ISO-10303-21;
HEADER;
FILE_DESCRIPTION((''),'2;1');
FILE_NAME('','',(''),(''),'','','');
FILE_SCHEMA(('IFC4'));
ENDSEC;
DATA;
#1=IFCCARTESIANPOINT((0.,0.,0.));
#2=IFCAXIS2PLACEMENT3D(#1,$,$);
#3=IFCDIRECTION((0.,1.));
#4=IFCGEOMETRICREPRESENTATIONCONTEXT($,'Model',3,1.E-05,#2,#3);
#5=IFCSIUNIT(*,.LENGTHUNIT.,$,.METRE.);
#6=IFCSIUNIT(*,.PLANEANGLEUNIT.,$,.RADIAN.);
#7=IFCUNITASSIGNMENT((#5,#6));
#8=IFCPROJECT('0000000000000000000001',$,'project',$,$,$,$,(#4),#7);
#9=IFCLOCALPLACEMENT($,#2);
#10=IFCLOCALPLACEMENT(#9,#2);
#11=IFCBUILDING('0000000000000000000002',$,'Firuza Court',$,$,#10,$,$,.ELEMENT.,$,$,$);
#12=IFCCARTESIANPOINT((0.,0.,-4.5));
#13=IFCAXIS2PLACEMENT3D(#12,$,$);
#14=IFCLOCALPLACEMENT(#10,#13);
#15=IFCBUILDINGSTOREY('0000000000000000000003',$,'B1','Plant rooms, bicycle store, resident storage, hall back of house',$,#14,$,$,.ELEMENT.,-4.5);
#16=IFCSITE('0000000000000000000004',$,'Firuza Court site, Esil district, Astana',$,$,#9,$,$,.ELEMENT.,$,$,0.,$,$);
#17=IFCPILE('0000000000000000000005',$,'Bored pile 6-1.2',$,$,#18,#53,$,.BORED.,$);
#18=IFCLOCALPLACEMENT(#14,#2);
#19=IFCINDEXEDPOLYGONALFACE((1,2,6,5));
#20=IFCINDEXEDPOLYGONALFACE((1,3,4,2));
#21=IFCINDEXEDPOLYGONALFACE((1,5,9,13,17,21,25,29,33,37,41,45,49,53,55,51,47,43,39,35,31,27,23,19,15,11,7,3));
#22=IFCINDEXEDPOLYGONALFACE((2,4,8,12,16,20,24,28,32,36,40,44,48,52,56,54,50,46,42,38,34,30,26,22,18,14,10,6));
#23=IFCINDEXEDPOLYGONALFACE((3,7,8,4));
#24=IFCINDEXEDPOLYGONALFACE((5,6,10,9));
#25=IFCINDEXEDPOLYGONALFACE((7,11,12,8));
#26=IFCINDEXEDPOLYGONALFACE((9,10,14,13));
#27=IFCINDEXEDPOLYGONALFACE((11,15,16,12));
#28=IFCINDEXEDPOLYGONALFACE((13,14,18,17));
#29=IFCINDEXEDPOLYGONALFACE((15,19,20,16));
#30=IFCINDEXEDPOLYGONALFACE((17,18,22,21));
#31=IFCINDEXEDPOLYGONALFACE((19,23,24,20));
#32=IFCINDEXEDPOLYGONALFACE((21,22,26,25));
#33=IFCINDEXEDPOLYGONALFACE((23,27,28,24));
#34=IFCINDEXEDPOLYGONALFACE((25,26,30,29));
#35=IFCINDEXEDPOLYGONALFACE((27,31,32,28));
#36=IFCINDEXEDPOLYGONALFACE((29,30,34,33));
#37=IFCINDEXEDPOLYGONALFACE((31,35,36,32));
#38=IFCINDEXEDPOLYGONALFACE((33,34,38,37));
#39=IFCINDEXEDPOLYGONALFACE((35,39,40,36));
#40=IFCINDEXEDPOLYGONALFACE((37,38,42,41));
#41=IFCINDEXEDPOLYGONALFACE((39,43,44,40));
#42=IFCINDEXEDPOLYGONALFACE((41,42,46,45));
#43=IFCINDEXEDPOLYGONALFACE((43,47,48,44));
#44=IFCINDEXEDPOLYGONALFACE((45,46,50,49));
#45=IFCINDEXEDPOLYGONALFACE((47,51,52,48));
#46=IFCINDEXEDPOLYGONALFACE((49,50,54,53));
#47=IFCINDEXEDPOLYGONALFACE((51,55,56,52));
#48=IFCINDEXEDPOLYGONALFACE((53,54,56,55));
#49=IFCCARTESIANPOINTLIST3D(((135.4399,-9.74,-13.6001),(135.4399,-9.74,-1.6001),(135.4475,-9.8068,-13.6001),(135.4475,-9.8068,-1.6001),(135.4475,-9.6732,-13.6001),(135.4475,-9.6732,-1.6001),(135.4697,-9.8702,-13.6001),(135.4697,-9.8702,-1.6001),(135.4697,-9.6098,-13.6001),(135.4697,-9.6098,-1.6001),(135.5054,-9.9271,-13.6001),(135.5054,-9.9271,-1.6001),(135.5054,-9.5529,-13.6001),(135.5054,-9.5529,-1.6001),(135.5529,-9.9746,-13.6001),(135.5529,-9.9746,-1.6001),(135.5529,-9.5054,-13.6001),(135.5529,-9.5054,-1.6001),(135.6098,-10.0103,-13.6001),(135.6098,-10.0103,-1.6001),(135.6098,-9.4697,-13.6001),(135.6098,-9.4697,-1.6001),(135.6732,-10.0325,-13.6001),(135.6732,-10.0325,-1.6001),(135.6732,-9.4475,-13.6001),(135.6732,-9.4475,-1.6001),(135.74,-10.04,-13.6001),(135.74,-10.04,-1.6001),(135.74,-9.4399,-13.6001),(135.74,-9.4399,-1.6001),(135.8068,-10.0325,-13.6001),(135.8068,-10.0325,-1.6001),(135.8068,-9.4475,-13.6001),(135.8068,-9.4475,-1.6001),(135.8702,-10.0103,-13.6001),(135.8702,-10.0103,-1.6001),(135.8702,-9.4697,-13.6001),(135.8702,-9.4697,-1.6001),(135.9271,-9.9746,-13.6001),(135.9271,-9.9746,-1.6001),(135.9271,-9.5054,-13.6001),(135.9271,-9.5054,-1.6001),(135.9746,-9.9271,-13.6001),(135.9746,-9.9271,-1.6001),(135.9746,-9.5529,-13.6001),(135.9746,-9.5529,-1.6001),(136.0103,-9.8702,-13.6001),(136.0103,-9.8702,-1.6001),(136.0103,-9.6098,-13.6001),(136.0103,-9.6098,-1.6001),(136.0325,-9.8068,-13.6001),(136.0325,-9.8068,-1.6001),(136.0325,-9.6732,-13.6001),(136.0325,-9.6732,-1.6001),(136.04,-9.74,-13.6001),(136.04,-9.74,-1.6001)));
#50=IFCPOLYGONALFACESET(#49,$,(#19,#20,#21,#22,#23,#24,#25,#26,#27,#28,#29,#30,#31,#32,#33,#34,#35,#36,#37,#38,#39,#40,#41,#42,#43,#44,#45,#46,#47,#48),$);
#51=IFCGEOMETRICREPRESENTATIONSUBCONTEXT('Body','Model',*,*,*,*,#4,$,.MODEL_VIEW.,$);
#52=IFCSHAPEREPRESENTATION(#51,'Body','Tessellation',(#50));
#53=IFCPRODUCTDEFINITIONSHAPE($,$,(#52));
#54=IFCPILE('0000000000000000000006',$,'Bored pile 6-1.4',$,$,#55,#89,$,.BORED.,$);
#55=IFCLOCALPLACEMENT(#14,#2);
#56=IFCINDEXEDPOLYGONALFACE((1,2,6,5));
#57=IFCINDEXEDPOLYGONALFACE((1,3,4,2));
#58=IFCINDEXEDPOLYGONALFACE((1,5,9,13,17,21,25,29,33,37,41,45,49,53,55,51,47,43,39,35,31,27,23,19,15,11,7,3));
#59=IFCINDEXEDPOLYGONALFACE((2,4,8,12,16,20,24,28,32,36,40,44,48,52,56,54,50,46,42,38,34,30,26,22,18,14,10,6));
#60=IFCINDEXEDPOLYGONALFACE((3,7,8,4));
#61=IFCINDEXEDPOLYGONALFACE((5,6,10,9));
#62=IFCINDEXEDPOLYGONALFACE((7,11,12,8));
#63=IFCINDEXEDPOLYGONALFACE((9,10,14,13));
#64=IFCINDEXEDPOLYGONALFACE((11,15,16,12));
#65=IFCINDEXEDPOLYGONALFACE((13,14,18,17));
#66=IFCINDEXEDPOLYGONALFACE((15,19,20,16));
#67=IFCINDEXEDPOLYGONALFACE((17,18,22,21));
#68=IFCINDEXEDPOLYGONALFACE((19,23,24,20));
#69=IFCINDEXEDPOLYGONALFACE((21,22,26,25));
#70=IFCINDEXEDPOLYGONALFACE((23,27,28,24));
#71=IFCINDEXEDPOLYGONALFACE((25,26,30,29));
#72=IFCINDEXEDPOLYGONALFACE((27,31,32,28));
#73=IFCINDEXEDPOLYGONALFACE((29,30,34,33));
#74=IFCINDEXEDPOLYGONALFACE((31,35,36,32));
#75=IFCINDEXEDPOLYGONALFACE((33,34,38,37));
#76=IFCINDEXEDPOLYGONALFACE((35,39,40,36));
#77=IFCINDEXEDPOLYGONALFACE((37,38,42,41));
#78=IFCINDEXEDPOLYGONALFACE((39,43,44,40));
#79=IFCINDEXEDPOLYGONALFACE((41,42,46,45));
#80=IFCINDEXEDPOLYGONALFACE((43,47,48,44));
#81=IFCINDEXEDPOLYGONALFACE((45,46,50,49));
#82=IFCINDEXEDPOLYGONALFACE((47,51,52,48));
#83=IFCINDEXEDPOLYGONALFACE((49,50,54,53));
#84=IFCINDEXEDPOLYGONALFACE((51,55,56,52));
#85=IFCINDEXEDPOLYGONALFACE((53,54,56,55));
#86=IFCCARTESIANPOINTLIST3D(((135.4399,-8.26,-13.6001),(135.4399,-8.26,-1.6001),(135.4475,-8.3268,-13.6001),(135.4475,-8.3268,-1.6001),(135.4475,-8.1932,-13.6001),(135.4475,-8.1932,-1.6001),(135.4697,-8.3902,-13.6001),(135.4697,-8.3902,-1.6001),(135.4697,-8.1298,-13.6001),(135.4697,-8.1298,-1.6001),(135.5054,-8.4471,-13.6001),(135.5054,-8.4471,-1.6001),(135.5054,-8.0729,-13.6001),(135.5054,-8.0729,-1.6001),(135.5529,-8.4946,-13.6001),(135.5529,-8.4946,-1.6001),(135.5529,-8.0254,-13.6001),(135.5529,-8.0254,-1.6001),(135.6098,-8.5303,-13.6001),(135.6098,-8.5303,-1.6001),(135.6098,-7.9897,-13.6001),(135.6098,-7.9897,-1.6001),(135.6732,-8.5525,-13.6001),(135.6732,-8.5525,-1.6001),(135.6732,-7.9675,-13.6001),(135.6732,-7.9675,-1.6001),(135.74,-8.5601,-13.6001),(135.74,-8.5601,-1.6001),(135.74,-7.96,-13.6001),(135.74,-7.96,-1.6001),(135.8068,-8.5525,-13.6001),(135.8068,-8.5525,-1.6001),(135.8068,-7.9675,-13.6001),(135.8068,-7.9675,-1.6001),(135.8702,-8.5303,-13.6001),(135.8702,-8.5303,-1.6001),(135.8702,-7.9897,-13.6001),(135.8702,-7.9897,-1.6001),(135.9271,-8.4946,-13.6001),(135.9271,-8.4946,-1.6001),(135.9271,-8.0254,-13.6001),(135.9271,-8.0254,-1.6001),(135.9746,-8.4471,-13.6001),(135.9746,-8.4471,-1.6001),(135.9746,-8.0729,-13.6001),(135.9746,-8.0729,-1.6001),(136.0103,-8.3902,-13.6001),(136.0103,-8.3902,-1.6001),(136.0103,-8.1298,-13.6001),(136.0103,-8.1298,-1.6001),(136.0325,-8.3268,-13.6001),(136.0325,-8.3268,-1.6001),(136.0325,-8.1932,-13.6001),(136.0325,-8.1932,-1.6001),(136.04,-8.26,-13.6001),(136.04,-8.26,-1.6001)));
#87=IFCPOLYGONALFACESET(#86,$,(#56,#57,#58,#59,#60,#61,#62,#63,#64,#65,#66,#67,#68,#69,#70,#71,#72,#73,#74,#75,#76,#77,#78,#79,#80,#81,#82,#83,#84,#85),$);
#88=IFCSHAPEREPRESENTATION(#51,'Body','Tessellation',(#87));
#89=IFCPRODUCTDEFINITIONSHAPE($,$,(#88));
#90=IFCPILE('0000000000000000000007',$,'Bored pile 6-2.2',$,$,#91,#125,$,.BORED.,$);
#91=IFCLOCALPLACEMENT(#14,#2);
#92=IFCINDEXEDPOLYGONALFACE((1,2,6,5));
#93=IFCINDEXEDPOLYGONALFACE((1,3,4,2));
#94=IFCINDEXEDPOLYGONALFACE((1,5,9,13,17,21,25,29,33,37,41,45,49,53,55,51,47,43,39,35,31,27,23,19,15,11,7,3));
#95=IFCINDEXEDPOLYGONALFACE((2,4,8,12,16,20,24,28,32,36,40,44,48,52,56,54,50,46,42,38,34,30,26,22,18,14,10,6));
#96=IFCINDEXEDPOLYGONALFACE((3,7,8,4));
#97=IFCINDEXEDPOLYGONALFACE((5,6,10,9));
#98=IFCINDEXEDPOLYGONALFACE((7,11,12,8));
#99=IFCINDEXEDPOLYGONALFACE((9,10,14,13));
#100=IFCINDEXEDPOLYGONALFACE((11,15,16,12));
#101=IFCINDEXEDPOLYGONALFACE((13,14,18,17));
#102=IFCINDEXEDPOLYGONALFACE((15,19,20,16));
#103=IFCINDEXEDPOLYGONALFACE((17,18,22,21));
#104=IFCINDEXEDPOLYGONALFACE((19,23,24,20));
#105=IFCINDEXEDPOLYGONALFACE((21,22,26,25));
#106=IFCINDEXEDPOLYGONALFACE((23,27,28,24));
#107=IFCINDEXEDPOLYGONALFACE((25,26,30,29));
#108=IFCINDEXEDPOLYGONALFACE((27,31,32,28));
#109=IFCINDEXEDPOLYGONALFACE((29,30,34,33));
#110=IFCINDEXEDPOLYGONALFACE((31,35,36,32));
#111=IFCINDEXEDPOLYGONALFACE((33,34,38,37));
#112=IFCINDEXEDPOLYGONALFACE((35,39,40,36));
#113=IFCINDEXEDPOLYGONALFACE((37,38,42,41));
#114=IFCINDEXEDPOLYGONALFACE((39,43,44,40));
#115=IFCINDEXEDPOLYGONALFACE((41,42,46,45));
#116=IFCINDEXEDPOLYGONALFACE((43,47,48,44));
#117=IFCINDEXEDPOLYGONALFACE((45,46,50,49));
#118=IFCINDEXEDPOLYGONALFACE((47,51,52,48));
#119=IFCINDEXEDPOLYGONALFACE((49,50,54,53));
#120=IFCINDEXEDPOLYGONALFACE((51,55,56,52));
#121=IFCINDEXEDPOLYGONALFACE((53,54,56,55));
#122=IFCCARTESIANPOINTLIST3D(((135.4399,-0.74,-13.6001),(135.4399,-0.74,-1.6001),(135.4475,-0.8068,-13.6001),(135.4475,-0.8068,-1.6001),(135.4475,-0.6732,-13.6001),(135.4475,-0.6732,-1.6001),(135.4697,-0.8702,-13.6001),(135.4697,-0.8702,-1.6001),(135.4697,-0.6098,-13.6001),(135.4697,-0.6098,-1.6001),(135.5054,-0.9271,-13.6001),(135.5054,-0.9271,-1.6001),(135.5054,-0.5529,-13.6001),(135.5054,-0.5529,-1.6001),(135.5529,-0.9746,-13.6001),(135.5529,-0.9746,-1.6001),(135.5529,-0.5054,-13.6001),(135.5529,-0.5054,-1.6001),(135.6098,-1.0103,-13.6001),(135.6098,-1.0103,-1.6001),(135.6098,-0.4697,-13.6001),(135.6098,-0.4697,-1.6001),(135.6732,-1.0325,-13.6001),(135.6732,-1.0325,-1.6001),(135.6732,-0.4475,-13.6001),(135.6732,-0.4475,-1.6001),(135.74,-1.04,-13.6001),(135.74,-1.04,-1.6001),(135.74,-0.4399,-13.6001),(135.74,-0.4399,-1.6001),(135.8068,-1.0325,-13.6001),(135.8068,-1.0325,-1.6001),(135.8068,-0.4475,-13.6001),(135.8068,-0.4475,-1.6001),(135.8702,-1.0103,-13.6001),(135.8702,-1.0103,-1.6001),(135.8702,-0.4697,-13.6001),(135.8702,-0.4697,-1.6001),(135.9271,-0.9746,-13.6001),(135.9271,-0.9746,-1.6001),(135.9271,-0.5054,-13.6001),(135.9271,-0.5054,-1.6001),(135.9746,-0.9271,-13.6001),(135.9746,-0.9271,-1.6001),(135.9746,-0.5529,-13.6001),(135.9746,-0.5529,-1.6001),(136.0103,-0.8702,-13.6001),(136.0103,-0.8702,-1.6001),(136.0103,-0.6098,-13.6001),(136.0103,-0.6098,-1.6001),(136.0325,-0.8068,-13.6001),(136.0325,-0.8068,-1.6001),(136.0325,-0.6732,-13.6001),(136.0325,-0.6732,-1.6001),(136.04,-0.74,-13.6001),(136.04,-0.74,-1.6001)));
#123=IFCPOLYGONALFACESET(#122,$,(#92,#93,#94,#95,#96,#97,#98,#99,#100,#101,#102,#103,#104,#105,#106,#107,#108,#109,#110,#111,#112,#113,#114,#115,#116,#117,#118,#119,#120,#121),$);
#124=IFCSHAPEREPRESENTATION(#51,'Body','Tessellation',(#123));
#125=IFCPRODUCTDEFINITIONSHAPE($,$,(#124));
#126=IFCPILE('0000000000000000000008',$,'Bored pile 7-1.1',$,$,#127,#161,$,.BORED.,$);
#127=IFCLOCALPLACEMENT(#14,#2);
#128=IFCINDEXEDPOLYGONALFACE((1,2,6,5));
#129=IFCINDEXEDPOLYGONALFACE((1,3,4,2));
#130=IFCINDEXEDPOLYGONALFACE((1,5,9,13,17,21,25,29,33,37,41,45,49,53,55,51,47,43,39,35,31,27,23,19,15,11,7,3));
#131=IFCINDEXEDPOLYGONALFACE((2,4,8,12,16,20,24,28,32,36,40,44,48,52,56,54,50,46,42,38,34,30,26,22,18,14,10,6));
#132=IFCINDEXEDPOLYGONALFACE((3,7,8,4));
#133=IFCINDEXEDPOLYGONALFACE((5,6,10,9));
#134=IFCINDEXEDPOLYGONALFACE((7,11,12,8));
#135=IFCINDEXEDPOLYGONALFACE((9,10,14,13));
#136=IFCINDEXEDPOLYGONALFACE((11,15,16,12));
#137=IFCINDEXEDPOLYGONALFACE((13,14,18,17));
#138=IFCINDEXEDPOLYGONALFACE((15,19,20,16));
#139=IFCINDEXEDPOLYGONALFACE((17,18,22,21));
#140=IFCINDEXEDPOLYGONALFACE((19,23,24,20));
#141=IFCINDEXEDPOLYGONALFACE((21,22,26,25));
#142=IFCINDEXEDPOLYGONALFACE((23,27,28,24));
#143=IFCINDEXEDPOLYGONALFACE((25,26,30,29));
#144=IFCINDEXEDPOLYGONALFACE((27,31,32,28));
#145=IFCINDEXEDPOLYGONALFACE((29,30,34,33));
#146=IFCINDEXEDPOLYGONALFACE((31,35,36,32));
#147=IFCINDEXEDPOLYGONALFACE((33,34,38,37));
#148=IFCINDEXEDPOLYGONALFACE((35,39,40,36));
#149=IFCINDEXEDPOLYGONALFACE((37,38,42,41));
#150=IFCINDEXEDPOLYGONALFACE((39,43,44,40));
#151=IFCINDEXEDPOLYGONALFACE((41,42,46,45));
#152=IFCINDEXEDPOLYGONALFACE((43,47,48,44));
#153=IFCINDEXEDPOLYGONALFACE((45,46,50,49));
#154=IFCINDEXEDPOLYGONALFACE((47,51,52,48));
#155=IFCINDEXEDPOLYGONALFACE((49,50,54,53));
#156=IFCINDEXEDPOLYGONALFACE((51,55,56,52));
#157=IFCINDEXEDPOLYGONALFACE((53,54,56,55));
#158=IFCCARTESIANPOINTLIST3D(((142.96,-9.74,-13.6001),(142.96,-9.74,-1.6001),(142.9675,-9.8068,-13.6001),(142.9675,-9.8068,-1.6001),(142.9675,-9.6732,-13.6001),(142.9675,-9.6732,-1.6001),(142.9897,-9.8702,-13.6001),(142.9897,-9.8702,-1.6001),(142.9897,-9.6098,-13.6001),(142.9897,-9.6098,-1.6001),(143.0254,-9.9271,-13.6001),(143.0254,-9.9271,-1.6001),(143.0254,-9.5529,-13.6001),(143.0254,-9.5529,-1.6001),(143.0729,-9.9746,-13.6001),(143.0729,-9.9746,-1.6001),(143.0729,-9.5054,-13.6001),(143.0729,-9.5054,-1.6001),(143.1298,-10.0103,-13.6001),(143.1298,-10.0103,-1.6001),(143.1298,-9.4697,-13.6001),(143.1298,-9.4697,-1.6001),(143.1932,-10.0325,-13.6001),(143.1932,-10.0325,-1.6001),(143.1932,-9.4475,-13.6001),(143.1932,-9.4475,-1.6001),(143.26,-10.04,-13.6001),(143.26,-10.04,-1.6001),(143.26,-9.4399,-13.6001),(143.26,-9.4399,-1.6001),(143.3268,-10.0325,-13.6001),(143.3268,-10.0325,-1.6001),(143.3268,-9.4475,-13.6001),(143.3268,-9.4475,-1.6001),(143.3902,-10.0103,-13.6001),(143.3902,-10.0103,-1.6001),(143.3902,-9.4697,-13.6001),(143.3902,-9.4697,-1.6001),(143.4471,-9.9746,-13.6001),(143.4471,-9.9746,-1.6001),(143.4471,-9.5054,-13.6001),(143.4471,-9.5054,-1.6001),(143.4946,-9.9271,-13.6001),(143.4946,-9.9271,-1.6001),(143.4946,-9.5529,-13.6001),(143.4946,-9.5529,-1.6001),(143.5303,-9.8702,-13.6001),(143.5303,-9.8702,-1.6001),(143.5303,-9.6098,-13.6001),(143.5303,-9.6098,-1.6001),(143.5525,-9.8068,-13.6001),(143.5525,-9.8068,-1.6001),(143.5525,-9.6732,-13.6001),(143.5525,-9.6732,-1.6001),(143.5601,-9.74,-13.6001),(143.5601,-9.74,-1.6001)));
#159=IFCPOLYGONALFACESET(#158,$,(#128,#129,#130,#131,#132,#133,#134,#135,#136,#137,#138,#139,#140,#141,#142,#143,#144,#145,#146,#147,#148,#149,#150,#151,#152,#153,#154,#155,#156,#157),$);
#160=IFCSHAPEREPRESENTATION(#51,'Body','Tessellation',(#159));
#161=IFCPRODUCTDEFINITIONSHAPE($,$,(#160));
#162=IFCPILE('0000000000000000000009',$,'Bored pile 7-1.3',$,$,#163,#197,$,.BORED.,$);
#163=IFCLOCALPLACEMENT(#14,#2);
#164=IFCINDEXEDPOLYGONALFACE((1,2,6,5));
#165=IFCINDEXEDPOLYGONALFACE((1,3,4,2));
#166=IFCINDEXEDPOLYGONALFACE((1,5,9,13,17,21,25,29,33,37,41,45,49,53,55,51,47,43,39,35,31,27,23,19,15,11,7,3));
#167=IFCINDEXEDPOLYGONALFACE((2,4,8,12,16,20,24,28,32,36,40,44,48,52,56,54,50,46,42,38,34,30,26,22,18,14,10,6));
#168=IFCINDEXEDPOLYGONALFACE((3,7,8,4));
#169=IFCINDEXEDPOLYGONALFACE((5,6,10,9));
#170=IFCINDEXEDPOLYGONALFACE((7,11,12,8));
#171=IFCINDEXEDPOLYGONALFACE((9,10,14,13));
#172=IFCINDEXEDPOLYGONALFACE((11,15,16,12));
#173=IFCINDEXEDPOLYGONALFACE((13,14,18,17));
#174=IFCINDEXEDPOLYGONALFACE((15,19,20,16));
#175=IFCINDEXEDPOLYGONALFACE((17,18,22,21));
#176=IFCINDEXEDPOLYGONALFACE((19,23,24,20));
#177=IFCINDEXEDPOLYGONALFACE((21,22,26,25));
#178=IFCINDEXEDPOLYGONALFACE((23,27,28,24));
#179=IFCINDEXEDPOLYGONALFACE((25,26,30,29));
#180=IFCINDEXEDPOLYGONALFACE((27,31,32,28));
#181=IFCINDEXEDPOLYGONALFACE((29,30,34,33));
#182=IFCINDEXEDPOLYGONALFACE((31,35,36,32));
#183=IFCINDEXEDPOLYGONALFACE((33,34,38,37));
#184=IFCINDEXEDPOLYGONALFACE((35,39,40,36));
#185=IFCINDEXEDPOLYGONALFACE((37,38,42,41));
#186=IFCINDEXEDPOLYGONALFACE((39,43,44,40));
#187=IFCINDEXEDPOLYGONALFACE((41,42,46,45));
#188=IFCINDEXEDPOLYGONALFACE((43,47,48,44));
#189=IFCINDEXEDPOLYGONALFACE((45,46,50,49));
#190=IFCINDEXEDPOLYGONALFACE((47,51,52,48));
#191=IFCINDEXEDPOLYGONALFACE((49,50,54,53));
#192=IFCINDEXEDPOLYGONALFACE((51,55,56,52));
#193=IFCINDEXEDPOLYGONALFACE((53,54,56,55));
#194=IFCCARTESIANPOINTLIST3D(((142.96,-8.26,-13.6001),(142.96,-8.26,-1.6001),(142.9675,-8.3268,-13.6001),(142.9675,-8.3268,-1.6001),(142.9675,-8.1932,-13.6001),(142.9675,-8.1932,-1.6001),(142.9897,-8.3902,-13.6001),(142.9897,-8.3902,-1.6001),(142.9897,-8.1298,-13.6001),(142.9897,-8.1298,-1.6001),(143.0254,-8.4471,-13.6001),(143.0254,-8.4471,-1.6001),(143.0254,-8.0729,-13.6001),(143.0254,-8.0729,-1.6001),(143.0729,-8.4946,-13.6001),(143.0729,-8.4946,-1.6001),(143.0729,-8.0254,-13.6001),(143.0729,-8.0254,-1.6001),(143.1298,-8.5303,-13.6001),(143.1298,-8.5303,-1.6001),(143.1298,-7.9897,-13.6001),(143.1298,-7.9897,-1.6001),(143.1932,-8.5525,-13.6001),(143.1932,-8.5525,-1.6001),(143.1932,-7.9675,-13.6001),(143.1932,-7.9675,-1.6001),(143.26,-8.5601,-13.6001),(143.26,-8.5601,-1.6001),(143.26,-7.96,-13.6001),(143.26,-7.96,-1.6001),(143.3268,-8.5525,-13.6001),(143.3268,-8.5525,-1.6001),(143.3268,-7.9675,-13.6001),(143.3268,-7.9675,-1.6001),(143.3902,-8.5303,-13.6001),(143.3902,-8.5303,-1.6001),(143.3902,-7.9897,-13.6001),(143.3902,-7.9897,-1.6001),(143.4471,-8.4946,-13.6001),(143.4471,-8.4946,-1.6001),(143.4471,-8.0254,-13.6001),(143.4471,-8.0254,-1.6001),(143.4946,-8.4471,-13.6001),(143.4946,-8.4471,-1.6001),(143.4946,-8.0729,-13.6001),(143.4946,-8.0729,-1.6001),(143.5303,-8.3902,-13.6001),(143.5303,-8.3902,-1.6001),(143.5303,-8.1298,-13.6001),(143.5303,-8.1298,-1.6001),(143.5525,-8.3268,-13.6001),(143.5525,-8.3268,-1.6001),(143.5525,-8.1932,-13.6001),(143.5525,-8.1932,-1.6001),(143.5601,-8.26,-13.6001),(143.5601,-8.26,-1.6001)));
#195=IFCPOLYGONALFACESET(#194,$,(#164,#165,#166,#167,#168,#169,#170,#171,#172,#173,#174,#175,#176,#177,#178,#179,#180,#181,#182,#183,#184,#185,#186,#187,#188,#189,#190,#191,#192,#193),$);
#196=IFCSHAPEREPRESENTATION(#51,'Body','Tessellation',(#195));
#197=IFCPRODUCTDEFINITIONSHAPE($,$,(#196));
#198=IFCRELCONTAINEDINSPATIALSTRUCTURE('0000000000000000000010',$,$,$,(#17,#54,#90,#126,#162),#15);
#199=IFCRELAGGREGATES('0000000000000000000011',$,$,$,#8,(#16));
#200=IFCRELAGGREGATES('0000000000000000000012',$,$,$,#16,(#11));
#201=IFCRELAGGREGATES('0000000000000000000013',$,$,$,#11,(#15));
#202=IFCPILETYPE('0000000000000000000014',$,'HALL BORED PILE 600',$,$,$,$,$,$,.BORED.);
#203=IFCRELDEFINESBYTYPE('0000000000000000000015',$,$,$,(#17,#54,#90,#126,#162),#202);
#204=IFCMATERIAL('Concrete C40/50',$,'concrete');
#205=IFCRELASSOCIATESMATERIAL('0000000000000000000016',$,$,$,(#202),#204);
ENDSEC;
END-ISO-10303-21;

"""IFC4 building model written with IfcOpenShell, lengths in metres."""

from ifc_helpers import new_model, si_unit, direction, frame, origin, origin_2d, place, context, subcontext, project, spatial, circle, extrude, material, material_profile, profile_set, type_object, element, save


model = new_model("IFC4")

# Units and contexts
model_context = context("Model", 3, precision=1e-05, world=origin(), true_north=direction((0.0, 1.0)))
body_context = subcontext(model_context, "Body", "Model", "MODEL_VIEW")
ifc_project = project(units=[si_unit("LENGTHUNIT", "METRE"), si_unit("PLANEANGLEUNIT", "RADIAN")], contexts=[model_context])

# Site, building, storey
site_placement = place(None, origin())
site = spatial("IfcSite", under=ifc_project, at=site_placement, Name="Firuza Court site, Esil district, Astana", CompositionType="ELEMENT", RefElevation=0.0)
building_placement = place(site_placement, origin())
building = spatial("IfcBuilding", under=site, at=building_placement, Name="Firuza Court", CompositionType="ELEMENT")
storey_placement = place(building_placement, frame((0.0, 0.0, -4.5)))
storey = spatial("IfcBuildingStorey", under=building, at=storey_placement, Name="B1", Description="Plant rooms, bicycle store, resident storage, hall back of house", CompositionType="ELEMENT", Elevation=-4.5)

# Piles
ifc_material_1 = material(Name="Concrete C40/50", Category="concrete")
ifc_material_profile_1 = material_profile(ifc_material_1, circle(Radius=0.3, at=origin_2d()), Name="PILE 600")
ifc_profile_set_1 = profile_set([ifc_material_profile_1], Name="Concrete C40/50")
pile_type = type_object("IfcPileType", Name="HALL BORED PILE 600", PredefinedType="BORED", material=ifc_profile_set_1)
for number, where, z_axis, x_axis, name in (
    (1, (135.74, -9.74, -1.6001), (0.0, 0.0, -1.0), (1.0, 0.0, 0.0), "Bored pile 6-1.2"),
    (2, (135.74, -8.26, -1.6001), (0.0, 0.0, -1.0), (1.0, 0.0, 0.0), "Bored pile 6-1.4"),
    (3, (135.74, -0.74, -1.6001), (0.0, 0.0, -1.0), (1.0, 0.0, 0.0), "Bored pile 6-2.2"),
    (4, (143.26, -9.74, -1.6001), (0.0, 0.0, -1.0), (1.0, 0.0, 0.0), "Bored pile 7-1.1"),
    (5, (143.26, -8.26, -1.6001), (0.0, 0.0, -1.0), (1.0, 0.0, 0.0), "Bored pile 7-1.3"),
):
    element("IfcPile", number, at=place(storey_placement, frame(where, z_axis=z_axis, x_axis=x_axis)), inside=storey, type_object=pile_type, Name=name, PredefinedType="BORED", context=body_context, shape_type="SweptSolid", body=[
        extrude(circle(Radius=0.3, at=origin_2d()), origin(), (0.0, 0.0, 1.0), 12.0),
    ])

save(model, "model.ifc")
